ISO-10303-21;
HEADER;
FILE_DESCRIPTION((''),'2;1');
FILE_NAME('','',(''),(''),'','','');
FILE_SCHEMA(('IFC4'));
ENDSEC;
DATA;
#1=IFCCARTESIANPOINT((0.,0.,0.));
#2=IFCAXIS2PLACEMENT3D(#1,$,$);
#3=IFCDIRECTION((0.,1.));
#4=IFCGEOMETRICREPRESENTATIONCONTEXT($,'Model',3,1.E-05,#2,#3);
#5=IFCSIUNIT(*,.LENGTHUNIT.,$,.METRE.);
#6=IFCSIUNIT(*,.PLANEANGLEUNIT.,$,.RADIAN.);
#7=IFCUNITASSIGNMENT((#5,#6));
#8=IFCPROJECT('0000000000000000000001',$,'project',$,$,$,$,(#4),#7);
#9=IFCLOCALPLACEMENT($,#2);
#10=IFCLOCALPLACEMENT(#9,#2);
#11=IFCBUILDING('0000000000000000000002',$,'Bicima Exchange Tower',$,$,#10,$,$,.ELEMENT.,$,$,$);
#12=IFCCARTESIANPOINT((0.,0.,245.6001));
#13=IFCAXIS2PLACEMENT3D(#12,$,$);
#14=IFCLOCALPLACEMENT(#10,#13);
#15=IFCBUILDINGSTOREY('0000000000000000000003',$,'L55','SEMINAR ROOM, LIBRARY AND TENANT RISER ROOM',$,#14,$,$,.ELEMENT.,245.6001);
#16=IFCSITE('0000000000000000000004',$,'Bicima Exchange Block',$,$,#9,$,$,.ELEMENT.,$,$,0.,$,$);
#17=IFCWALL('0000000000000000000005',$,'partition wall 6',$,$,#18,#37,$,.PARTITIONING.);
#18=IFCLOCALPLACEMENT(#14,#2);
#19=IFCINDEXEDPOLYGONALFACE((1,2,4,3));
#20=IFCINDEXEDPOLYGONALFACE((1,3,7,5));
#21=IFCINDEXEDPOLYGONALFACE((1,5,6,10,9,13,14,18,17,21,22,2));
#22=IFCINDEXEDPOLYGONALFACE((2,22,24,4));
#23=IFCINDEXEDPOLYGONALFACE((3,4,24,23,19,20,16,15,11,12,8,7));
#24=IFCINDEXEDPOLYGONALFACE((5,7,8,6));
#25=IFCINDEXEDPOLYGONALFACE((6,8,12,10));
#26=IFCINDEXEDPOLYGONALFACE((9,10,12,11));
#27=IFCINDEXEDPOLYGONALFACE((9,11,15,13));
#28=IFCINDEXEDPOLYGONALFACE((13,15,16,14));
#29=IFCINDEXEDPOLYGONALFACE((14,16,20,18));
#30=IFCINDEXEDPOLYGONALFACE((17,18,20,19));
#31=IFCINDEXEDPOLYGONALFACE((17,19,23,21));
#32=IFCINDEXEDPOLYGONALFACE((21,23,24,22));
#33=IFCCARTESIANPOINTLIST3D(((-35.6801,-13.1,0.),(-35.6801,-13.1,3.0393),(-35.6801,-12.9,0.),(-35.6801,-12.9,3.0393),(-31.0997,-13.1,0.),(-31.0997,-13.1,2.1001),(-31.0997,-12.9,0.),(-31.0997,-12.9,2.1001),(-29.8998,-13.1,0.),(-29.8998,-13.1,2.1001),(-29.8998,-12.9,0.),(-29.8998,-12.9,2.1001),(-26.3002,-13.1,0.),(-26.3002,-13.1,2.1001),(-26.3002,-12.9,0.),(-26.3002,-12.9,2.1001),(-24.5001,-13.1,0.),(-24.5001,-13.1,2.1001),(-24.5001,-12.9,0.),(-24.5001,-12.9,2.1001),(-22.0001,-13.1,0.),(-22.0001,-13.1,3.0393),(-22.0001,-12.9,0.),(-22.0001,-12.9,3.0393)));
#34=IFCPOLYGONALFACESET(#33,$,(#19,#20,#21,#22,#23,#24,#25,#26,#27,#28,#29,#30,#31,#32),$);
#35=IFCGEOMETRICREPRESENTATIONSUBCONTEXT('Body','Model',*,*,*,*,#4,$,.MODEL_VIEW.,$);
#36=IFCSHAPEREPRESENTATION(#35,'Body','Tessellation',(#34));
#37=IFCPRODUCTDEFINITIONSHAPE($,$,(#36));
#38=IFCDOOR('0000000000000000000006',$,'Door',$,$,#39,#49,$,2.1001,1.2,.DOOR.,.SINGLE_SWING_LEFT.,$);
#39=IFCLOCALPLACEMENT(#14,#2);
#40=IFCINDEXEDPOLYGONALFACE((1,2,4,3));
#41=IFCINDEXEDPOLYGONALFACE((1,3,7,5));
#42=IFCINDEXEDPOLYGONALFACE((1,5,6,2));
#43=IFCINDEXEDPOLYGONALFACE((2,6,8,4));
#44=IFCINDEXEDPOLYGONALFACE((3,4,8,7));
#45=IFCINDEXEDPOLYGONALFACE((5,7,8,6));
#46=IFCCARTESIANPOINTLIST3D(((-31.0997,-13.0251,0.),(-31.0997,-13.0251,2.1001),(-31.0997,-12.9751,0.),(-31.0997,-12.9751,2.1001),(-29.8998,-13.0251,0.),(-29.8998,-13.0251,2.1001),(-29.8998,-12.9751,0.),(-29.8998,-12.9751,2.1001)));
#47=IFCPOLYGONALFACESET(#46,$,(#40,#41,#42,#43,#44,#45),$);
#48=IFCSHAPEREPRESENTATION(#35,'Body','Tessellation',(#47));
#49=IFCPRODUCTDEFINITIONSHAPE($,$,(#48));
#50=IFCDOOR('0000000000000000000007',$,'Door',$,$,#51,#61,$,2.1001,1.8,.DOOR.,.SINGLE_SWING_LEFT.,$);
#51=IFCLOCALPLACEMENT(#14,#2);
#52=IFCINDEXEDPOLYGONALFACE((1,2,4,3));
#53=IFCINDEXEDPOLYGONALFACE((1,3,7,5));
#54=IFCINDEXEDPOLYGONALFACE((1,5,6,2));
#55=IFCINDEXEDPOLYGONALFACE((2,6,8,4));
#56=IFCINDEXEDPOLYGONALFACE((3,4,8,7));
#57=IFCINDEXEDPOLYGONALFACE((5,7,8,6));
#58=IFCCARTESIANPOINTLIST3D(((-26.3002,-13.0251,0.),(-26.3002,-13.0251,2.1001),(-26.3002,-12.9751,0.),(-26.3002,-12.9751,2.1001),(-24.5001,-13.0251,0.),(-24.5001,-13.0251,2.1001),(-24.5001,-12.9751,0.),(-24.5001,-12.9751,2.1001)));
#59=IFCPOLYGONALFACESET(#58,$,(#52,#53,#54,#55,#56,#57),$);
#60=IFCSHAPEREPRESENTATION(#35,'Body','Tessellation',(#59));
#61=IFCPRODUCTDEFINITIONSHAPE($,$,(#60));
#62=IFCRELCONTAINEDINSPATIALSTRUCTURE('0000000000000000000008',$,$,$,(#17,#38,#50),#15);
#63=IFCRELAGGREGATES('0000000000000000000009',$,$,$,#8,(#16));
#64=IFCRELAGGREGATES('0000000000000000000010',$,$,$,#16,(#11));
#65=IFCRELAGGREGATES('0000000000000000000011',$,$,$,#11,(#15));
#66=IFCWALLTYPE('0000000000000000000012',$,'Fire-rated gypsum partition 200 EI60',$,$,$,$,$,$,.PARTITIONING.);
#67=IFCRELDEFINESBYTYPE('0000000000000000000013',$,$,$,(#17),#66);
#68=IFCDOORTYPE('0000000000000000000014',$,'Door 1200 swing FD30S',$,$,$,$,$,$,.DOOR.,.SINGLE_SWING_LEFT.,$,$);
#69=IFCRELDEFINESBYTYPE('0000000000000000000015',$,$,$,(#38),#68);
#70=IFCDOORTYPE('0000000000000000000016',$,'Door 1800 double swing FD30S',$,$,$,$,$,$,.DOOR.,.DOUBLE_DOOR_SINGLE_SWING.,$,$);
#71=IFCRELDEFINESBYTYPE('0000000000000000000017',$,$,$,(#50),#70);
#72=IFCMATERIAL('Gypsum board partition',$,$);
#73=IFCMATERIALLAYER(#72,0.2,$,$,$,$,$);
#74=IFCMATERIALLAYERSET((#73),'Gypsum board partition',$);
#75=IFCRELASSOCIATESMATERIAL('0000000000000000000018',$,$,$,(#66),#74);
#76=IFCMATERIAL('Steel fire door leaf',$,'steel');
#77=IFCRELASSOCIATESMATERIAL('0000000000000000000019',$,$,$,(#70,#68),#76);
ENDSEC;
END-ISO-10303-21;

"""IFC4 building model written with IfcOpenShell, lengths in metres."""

from ifc_helpers import new_model, si_unit, direction, frame, frame_2d, origin, place, context, subcontext, project, spatial, rectangle, extrude, material, layer, layer_set, type_object, element, fill, save


model = new_model("IFC4")

# Units and contexts
model_context = context("Model", 3, precision=1e-05, world=origin(), true_north=direction((0.0, 1.0)))
body_context = subcontext(model_context, "Body", "Model", "MODEL_VIEW")
ifc_project = project(units=[si_unit("LENGTHUNIT", "METRE"), si_unit("PLANEANGLEUNIT", "RADIAN")], contexts=[model_context])

# Site, building, storey
site_placement = place(None, origin())
site = spatial("IfcSite", under=ifc_project, at=site_placement, Name="Bicima Exchange Block", CompositionType="ELEMENT", RefElevation=0.0)
building_placement = place(site_placement, origin())
building = spatial("IfcBuilding", under=site, at=building_placement, Name="Bicima Exchange Tower", CompositionType="ELEMENT")
storey_placement = place(building_placement, frame((0.0, 0.0, 245.6001)))
storey = spatial("IfcBuildingStorey", under=building, at=storey_placement, Name="L55", Description="SEMINAR ROOM, LIBRARY AND TENANT RISER ROOM", CompositionType="ELEMENT", Elevation=245.6001)

# Wall, openings, doors
ifc_material_1 = material(Name="Gypsum board partition")
ifc_layer_1 = layer(ifc_material_1, 0.2)
ifc_layer_set_1 = layer_set([ifc_layer_1], Name="Gypsum board partition")
wall_type = type_object("IfcWallType", Name="Fire-rated gypsum partition 200 EI60", PredefinedType="PARTITIONING", material=ifc_layer_set_1)
ifc_material_2 = material(Name="Steel fire door leaf", Category="steel")
door_type_1 = type_object("IfcDoorType", Name="Door 1800 double swing FD30S", OperationType="DOUBLE_DOOR_SINGLE_SWING", PredefinedType="DOOR", material=ifc_material_2)
wall_1_placement = place(storey_placement, frame((-35.6799, -13.0, 0.0), z_axis=(0.0, 0.0, 1.0), x_axis=(1.0, 0.0, 0.0)))
wall_1 = element("IfcWall", 1, at=wall_1_placement, inside=storey, type_object=wall_type, Name="partition wall 6", PredefinedType="PARTITIONING", context=body_context, shape_type="SweptSolid", body=[
    extrude(rectangle(XDim=13.6799, YDim=0.2, at=frame_2d((6.8398, 0.0))), origin(), (0.0, 0.0, 1.0), 3.0393),
])
opening_1_placement = place(wall_1_placement, frame((4.5801, 0.0, 0.0)))
opening_1 = element("IfcOpeningElement", 2, at=opening_1_placement, cuts=wall_1, PredefinedType="OPENING", context=body_context, shape_type="SweptSolid", body=[
    extrude(rectangle(XDim=1.2, YDim=2.1001, at=frame_2d((0.6001, 1.05))), frame((0.0, 0.1118, 0.0), z_axis=(0.0, -1.0, 0.0), x_axis=(1.0, 0.0, 0.0)), (0.0, 0.0, 1.0), 0.2239),
])
opening_2_placement = place(wall_1_placement, frame((9.3799, 0.0, 0.0)))
opening_2 = element("IfcOpeningElement", 3, at=opening_2_placement, cuts=wall_1, PredefinedType="OPENING", context=body_context, shape_type="SweptSolid", body=[
    extrude(rectangle(XDim=1.8, YDim=2.1001, at=frame_2d((0.8999, 1.05))), frame((0.0, 0.1118, 0.0), z_axis=(0.0, -1.0, 0.0), x_axis=(1.0, 0.0, 0.0)), (0.0, 0.0, 1.0), 0.2239),
])
door_type_2 = type_object("IfcDoorType", Name="Door 1200 swing FD30S", OperationType="SINGLE_SWING_LEFT", PredefinedType="DOOR", material=ifc_material_2)
door_1_placement = place(opening_1_placement, origin())
door_1 = element("IfcDoor", 4, at=door_1_placement, inside=storey, type_object=door_type_2, Name="Door", OperationType="SINGLE_SWING_LEFT", OverallHeight=2.1001, OverallWidth=1.2, PredefinedType="DOOR", context=body_context, shape_type="SweptSolid", body=[
    extrude(rectangle(XDim=1.2, YDim=2.1001, at=frame_2d((0.6001, 1.05))), frame((0.0, 0.0249, 0.0), z_axis=(0.0, -1.0, 0.0), x_axis=(1.0, 0.0, 0.0)), (0.0, 0.0, 1.0), 0.05),
])
fill(opening_1, door_1)
door_2_placement = place(opening_2_placement, origin())
door_2 = element("IfcDoor", 5, at=door_2_placement, inside=storey, type_object=door_type_1, Name="Door", OperationType="SINGLE_SWING_LEFT", OverallHeight=2.1001, OverallWidth=1.8, PredefinedType="DOOR", context=body_context, shape_type="SweptSolid", body=[
    extrude(rectangle(XDim=1.8, YDim=2.1001, at=frame_2d((0.8999, 1.05))), frame((0.0, 0.0249, 0.0), z_axis=(0.0, -1.0, 0.0), x_axis=(1.0, 0.0, 0.0)), (0.0, 0.0, 1.0), 0.05),
])
fill(opening_2, door_2)

save(model, "model.ifc")
